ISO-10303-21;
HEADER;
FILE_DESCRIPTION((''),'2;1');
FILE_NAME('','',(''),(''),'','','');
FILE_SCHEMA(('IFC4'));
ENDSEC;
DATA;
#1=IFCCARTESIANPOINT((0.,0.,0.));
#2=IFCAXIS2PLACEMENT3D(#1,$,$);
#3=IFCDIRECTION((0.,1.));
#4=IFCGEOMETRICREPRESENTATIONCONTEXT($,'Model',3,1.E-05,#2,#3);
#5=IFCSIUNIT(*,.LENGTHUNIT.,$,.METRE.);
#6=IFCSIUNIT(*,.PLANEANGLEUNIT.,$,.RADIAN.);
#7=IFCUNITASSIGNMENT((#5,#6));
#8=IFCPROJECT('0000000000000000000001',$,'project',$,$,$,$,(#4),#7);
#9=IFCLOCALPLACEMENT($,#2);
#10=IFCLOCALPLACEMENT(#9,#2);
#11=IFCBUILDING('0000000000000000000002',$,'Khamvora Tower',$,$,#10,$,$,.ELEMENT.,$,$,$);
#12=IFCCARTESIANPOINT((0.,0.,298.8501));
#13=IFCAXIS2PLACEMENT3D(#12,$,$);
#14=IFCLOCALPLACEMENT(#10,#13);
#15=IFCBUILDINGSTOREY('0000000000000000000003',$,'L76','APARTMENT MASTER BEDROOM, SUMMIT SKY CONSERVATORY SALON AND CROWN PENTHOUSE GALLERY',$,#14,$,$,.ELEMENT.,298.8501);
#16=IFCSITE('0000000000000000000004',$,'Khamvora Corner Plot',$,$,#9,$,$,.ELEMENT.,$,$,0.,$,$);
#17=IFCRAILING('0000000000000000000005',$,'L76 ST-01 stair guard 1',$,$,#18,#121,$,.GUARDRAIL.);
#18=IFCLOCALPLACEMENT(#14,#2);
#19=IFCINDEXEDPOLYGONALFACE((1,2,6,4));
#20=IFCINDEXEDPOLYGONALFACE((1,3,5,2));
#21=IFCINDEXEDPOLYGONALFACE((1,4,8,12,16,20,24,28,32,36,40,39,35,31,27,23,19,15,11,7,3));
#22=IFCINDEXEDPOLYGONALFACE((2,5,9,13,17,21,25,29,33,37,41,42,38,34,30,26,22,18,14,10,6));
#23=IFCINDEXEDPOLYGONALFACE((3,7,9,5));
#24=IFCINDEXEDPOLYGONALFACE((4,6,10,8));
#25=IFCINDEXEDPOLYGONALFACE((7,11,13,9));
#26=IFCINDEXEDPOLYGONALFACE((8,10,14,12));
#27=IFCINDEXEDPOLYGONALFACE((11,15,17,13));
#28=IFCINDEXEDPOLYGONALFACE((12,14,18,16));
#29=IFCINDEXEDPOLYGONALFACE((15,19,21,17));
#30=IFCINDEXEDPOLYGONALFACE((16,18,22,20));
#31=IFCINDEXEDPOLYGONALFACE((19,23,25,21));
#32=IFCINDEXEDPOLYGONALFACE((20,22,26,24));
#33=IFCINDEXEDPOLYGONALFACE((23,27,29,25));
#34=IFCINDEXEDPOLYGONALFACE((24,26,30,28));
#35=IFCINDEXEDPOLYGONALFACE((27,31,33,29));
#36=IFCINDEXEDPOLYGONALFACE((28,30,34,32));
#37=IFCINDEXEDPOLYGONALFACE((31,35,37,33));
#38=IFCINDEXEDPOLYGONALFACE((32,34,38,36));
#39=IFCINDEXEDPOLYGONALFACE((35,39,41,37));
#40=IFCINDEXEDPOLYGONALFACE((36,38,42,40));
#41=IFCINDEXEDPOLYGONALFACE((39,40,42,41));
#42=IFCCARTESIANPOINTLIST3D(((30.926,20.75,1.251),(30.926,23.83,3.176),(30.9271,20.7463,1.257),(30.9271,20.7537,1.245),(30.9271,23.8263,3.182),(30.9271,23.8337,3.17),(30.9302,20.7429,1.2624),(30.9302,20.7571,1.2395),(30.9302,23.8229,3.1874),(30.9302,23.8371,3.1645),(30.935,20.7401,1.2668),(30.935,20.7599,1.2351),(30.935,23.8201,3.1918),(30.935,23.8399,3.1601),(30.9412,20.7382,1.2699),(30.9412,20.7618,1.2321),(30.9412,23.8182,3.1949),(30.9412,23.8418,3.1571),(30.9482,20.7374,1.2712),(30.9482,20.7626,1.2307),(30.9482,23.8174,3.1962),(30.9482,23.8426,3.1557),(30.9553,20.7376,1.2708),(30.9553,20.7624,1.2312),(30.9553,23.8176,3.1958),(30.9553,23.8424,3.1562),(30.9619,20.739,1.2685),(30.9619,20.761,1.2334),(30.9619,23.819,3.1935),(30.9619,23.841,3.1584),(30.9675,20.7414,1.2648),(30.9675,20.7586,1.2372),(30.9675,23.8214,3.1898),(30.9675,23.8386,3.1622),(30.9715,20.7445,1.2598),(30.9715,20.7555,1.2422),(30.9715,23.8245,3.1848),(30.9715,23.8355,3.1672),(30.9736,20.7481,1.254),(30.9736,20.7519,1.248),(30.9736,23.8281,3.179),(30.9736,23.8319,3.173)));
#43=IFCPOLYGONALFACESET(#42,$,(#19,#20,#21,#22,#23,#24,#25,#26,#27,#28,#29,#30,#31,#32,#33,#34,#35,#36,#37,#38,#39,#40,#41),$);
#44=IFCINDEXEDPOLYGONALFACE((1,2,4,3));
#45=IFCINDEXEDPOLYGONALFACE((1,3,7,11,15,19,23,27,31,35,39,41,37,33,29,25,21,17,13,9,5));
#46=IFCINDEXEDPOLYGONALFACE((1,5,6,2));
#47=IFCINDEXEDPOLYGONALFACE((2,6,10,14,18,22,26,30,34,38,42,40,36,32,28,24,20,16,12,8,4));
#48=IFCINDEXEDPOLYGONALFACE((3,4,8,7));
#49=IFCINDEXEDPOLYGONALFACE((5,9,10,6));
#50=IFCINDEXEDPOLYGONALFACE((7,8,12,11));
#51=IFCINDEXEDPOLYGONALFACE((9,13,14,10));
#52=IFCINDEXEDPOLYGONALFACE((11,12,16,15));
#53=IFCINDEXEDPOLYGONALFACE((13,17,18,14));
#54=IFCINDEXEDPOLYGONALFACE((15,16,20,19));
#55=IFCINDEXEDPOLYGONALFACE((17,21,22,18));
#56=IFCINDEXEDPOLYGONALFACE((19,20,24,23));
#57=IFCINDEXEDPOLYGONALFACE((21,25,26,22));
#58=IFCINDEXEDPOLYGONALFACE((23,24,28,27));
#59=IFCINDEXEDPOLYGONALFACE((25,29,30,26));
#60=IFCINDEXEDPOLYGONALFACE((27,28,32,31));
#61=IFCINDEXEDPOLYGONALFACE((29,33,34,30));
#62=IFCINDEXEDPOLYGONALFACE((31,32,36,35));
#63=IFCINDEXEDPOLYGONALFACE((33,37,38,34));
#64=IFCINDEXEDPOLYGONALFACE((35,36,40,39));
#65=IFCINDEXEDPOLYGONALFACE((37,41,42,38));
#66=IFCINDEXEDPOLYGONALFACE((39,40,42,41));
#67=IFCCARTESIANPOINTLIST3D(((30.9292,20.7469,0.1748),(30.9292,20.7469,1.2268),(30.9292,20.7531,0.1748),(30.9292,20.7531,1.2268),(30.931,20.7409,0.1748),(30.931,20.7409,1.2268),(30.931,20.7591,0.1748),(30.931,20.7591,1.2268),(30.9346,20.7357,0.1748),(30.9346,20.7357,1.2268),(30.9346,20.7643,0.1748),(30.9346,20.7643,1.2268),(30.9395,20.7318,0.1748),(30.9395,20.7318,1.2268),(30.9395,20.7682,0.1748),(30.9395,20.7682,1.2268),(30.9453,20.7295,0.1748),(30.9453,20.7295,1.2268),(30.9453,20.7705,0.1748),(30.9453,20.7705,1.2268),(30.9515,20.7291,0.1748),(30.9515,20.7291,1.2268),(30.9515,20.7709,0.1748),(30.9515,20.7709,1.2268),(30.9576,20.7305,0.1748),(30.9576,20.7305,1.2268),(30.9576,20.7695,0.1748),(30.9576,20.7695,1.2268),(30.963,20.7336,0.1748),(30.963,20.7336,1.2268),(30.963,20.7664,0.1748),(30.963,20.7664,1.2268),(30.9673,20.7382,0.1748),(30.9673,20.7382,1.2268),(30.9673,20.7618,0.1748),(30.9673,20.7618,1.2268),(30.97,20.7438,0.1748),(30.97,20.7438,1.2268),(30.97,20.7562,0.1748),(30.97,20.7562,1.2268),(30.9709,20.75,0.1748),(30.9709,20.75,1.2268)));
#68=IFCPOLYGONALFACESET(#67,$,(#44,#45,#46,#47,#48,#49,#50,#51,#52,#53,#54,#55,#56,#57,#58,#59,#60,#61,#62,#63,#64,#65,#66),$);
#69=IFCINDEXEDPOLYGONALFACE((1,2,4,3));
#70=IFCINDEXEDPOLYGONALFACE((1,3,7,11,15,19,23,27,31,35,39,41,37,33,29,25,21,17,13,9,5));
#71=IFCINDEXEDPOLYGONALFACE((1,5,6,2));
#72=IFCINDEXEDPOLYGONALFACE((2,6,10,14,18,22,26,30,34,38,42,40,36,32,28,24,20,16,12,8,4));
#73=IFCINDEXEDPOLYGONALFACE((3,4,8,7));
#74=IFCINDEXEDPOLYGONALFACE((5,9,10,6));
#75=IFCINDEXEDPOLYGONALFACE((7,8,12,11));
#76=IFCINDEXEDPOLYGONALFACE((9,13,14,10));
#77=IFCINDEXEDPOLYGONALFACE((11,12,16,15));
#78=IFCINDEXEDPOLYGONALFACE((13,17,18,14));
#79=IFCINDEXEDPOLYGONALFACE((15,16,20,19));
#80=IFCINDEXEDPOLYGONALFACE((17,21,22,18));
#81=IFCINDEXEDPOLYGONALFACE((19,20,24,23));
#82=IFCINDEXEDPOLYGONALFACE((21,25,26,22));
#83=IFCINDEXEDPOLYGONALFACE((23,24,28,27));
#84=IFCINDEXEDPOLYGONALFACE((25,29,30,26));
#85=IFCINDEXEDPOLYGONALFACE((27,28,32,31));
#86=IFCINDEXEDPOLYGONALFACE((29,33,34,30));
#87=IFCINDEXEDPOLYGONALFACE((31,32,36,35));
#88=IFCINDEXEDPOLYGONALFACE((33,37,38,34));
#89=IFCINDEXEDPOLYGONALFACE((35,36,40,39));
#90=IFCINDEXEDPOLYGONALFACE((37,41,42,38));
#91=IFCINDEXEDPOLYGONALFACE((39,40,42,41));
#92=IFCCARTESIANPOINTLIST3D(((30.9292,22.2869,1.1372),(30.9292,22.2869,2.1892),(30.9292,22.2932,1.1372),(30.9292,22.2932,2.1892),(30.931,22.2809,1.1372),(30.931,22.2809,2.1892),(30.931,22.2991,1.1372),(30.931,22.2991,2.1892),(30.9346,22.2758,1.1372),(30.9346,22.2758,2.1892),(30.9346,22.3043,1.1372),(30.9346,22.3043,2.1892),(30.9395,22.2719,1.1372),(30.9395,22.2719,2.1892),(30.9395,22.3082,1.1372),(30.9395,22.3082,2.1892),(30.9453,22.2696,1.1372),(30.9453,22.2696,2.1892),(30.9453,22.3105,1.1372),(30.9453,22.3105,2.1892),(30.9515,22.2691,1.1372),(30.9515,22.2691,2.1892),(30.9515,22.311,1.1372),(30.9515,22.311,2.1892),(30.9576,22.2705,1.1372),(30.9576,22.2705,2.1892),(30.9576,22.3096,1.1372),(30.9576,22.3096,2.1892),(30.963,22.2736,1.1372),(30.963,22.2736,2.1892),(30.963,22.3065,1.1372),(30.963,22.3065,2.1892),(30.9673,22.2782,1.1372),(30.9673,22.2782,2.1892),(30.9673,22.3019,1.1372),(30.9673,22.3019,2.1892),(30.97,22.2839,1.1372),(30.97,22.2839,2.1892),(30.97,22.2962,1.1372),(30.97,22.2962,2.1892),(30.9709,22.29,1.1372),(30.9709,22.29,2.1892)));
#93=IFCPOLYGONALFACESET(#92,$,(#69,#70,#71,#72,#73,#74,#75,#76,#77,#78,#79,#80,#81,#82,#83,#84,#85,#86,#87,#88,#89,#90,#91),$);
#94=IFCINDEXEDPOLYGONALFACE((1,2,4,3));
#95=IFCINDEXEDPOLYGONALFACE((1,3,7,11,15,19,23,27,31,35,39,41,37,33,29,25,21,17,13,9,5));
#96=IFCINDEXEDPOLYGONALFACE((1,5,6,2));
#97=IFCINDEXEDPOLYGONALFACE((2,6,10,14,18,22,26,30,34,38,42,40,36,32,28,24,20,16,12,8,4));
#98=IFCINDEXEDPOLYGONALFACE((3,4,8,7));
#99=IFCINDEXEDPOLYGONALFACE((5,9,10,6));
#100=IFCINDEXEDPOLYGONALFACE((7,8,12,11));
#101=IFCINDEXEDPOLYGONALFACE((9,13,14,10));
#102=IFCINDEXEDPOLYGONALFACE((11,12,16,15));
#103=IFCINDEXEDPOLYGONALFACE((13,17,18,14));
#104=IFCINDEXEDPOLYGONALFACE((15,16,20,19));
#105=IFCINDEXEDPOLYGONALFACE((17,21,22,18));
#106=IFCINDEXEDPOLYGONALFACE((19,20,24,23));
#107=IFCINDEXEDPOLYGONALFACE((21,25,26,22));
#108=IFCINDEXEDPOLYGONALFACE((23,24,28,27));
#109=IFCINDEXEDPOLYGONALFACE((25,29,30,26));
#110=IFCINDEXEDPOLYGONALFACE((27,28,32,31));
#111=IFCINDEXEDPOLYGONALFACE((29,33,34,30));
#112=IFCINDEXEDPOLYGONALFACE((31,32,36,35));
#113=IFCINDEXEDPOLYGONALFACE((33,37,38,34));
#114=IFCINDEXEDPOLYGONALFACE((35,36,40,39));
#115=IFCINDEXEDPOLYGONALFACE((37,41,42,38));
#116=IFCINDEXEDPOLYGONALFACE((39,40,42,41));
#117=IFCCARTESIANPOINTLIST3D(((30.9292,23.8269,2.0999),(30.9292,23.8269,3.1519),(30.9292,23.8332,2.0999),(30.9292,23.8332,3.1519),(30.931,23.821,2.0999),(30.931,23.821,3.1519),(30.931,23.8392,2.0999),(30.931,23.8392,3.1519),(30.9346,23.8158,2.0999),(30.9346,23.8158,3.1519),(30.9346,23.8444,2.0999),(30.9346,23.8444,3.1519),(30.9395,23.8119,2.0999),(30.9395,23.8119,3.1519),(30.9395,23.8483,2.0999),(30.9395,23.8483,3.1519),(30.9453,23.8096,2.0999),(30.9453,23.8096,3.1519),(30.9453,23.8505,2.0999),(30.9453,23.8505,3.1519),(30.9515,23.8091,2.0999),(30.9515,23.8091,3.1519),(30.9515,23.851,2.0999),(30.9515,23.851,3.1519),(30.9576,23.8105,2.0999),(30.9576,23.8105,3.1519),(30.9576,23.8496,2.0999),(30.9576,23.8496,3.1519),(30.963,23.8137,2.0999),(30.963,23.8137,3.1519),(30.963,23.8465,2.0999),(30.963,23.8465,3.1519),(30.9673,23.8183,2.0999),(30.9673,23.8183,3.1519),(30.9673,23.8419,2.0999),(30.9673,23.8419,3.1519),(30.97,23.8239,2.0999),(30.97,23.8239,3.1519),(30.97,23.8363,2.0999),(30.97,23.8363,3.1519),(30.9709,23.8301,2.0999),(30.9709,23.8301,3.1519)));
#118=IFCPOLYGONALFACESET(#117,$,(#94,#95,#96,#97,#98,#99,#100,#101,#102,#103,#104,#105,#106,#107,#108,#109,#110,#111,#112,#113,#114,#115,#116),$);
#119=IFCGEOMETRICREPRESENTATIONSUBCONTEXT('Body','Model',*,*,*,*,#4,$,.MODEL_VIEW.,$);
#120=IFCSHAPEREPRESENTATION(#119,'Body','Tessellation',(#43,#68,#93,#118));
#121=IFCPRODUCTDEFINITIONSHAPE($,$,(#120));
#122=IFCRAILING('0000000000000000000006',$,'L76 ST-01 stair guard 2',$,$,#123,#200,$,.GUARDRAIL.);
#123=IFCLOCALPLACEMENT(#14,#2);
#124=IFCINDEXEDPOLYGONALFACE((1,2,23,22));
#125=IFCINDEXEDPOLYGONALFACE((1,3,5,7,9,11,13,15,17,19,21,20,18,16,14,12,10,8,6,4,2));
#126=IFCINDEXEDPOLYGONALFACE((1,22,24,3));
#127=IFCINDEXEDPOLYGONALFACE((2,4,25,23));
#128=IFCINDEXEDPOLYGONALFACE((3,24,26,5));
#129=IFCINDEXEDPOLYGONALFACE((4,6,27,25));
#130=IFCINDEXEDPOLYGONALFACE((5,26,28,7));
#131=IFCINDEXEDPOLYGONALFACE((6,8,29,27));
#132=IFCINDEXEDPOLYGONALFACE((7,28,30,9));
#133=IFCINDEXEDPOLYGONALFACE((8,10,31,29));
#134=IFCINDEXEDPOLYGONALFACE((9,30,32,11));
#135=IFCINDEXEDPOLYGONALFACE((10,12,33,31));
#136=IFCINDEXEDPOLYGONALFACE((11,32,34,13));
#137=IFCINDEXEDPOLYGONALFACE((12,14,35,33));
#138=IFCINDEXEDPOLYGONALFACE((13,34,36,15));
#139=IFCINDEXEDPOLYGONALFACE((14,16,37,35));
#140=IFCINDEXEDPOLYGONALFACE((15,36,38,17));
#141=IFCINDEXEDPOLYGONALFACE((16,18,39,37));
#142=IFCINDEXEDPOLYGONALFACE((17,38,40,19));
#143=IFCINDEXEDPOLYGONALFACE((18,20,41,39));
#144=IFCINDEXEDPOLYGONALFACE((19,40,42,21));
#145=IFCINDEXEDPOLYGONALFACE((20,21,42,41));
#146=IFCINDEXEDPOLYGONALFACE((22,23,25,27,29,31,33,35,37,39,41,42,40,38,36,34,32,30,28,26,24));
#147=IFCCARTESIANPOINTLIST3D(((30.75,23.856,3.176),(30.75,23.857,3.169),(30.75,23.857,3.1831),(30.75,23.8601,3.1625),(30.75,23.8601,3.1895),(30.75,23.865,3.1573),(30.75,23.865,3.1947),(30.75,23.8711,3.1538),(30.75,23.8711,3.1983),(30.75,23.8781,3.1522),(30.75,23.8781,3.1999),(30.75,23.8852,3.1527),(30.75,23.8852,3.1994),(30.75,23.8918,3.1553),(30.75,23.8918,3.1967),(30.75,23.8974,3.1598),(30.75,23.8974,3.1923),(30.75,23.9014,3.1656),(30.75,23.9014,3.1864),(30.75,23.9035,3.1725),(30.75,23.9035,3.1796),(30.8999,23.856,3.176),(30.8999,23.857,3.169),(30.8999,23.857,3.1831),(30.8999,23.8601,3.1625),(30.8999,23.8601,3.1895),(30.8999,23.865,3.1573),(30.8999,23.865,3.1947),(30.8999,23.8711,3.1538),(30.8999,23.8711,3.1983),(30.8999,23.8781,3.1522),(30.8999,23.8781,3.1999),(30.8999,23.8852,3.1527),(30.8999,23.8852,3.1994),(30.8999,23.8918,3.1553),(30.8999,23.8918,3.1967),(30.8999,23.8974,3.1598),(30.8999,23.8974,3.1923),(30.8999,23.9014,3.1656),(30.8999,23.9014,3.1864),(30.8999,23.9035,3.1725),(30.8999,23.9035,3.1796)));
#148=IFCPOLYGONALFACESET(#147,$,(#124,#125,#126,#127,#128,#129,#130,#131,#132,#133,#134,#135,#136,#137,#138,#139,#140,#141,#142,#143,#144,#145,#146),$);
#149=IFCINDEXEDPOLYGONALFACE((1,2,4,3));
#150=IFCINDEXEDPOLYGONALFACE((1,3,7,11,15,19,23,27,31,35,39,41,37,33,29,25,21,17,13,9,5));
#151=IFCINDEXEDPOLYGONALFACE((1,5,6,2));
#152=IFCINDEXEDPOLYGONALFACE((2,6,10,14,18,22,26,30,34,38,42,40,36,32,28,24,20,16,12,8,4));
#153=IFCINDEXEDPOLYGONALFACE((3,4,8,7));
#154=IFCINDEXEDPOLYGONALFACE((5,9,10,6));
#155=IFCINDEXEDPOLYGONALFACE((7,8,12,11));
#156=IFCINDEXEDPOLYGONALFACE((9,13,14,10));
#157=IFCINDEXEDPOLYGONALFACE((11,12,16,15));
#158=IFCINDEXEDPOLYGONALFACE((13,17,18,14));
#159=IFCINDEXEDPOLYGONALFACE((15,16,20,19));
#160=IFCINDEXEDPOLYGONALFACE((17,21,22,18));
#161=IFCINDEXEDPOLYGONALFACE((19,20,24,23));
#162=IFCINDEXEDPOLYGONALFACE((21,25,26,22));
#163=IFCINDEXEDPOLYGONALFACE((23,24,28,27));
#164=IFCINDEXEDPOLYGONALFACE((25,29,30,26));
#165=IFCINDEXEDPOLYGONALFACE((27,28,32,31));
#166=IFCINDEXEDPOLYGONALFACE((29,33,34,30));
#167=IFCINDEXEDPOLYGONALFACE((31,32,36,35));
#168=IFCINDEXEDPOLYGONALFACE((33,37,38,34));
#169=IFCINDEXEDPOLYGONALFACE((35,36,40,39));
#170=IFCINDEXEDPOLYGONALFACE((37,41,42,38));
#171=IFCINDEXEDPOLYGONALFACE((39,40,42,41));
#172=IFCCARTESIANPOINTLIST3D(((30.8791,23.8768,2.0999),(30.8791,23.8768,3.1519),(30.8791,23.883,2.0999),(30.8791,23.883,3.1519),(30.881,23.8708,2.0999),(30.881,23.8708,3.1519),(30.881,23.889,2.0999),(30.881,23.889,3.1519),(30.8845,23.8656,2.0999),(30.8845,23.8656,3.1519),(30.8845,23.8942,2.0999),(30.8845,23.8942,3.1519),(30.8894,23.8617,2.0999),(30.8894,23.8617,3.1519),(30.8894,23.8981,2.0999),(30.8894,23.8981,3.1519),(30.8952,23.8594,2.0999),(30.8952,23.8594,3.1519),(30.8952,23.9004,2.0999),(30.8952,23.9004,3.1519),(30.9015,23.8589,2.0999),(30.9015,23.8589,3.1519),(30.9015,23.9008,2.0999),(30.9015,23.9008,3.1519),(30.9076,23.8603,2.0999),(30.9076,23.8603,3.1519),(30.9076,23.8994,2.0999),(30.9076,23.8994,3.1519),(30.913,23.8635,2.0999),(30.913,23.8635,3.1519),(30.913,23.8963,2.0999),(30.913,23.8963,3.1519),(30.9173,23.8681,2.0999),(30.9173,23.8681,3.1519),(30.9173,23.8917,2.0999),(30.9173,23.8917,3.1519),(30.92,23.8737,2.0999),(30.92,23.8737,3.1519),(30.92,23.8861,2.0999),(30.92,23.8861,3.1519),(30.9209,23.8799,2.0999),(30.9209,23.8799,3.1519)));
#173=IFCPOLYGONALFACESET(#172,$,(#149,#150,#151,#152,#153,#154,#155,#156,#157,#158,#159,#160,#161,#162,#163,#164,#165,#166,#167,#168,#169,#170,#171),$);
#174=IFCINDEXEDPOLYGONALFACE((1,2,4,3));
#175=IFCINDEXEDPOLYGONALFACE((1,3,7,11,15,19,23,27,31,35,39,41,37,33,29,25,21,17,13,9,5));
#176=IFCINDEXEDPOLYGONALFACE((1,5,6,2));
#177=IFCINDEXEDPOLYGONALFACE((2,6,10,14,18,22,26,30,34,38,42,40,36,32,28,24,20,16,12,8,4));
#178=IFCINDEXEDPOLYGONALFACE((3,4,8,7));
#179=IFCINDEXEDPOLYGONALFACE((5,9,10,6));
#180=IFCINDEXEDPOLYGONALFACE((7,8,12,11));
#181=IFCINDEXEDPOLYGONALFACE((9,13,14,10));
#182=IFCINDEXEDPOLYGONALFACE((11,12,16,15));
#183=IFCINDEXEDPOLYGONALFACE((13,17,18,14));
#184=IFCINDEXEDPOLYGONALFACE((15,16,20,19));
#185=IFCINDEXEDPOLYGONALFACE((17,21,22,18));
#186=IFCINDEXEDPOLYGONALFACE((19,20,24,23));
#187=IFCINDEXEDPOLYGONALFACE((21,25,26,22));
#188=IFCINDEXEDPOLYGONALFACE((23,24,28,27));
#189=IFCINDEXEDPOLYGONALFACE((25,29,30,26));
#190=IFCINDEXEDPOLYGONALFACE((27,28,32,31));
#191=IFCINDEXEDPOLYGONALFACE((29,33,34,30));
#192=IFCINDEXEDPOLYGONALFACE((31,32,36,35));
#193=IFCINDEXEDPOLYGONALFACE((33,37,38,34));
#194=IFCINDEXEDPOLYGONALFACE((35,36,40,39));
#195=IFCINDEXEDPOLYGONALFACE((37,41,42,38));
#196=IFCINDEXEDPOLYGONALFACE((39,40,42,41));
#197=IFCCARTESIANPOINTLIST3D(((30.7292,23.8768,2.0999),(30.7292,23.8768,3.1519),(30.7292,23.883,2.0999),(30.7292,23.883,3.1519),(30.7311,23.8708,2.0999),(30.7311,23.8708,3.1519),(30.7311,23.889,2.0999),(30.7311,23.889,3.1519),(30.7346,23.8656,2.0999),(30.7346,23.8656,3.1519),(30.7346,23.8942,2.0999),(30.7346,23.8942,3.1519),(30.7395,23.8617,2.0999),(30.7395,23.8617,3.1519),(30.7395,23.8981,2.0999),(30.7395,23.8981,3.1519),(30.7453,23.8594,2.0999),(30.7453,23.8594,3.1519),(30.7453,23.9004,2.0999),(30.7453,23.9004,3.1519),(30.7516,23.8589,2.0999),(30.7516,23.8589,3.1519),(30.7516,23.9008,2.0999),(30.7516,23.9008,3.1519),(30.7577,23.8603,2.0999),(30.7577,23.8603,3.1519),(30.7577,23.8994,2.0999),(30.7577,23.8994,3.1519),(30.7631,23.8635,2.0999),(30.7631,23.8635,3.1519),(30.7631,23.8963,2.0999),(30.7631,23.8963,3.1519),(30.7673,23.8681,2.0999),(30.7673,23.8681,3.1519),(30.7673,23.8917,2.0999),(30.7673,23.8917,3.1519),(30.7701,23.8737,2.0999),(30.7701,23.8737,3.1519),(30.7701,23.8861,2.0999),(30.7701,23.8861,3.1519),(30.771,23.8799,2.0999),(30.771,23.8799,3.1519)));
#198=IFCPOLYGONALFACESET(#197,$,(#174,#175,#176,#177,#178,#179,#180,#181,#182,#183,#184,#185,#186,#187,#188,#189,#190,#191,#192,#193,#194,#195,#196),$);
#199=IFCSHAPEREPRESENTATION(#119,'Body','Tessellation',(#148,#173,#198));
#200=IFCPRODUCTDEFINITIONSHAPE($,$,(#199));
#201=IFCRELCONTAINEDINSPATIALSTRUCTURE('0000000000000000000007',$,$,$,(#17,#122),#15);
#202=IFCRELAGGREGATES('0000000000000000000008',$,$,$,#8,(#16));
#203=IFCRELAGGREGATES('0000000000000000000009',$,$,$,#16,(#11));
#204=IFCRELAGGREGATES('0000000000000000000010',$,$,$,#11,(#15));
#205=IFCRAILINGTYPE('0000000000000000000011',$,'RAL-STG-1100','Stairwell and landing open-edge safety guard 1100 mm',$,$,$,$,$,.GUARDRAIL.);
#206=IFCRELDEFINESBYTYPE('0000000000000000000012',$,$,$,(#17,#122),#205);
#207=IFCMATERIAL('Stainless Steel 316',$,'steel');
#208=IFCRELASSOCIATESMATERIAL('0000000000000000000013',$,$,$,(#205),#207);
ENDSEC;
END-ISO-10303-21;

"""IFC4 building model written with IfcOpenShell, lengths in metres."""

from ifc_helpers import new_model, si_unit, direction, frame, origin, origin_2d, place, context, subcontext, project, spatial, circle, extrude, material, type_object, element, save


model = new_model("IFC4")

# Units and contexts
model_context = context("Model", 3, precision=1e-05, world=origin(), true_north=direction((0.0, 1.0)))
body_context = subcontext(model_context, "Body", "Model", "MODEL_VIEW")
ifc_project = project(units=[si_unit("LENGTHUNIT", "METRE"), si_unit("PLANEANGLEUNIT", "RADIAN")], contexts=[model_context])

# Site, building, storey
site_placement = place(None, origin())
site = spatial("IfcSite", under=ifc_project, at=site_placement, Name="Khamvora Corner Plot", CompositionType="ELEMENT", RefElevation=0.0)
building_placement = place(site_placement, origin())
building = spatial("IfcBuilding", under=site, at=building_placement, Name="Khamvora Tower", CompositionType="ELEMENT")
storey_placement = place(building_placement, frame((0.0, 0.0, 298.8501)))
storey = spatial("IfcBuildingStorey", under=building, at=storey_placement, Name="L76", Description="APARTMENT MASTER BEDROOM, SUMMIT SKY CONSERVATORY SALON AND CROWN PENTHOUSE GALLERY", CompositionType="ELEMENT", Elevation=298.8501)

# Railings
ifc_material_1 = material(Name="Stainless Steel 316", Category="steel")
railing_type_1 = type_object("IfcRailingType", Name="RAL-STG-1100", Description="Stairwell and landing open-edge safety guard 1100 mm", PredefinedType="GUARDRAIL", material=ifc_material_1)
railing_1_placement = place(storey_placement, frame((30.95, 20.75, 0.1748)))
element("IfcRailing", 1, at=railing_1_placement, inside=storey, type_object=railing_type_1, Name="L76 ST-01 stair guard 1", PredefinedType="GUARDRAIL", context=body_context, shape_type="SweptSolid", body=[
    extrude(circle(Radius=0.0239, at=origin_2d()), frame((0.0, 0.0, 1.0762), z_axis=(0.0, 0.847998, 0.529999), x_axis=(-1.0, 0.0, 0.0)), (0.0, 0.0, 1.0), 3.6321),
    extrude(circle(Radius=0.021, at=origin_2d()), origin(), (0.0, 0.0, 1.0), 1.052),
    extrude(circle(Radius=0.021, at=origin_2d()), frame((0.0, 1.54, 0.9624)), (0.0, 0.0, 1.0), 1.052),
    extrude(circle(Radius=0.021, at=origin_2d()), frame((0.0, 3.0801, 1.925)), (0.0, 0.0, 1.0), 1.052),
])
railing_2_placement = place(storey_placement, frame((30.8999, 23.8799, 2.0999)))
element("IfcRailing", 2, at=railing_2_placement, inside=storey, type_object=railing_type_1, Name="L76 ST-01 stair guard 2", PredefinedType="GUARDRAIL", context=body_context, shape_type="SweptSolid", body=[
    extrude(circle(Radius=0.0239, at=origin_2d()), frame((0.0, 0.0, 1.0762), z_axis=(-1.0, 0.0, 0.0), x_axis=(0.0, -1.0, 0.0)), (0.0, 0.0, 1.0), 0.1499),
    extrude(circle(Radius=0.021, at=origin_2d()), origin(), (0.0, 0.0, 1.0), 1.052),
    extrude(circle(Radius=0.021, at=origin_2d()), frame((-0.1499, 0.0, 0.0)), (0.0, 0.0, 1.0), 1.052),
])

save(model, "model.ifc")
